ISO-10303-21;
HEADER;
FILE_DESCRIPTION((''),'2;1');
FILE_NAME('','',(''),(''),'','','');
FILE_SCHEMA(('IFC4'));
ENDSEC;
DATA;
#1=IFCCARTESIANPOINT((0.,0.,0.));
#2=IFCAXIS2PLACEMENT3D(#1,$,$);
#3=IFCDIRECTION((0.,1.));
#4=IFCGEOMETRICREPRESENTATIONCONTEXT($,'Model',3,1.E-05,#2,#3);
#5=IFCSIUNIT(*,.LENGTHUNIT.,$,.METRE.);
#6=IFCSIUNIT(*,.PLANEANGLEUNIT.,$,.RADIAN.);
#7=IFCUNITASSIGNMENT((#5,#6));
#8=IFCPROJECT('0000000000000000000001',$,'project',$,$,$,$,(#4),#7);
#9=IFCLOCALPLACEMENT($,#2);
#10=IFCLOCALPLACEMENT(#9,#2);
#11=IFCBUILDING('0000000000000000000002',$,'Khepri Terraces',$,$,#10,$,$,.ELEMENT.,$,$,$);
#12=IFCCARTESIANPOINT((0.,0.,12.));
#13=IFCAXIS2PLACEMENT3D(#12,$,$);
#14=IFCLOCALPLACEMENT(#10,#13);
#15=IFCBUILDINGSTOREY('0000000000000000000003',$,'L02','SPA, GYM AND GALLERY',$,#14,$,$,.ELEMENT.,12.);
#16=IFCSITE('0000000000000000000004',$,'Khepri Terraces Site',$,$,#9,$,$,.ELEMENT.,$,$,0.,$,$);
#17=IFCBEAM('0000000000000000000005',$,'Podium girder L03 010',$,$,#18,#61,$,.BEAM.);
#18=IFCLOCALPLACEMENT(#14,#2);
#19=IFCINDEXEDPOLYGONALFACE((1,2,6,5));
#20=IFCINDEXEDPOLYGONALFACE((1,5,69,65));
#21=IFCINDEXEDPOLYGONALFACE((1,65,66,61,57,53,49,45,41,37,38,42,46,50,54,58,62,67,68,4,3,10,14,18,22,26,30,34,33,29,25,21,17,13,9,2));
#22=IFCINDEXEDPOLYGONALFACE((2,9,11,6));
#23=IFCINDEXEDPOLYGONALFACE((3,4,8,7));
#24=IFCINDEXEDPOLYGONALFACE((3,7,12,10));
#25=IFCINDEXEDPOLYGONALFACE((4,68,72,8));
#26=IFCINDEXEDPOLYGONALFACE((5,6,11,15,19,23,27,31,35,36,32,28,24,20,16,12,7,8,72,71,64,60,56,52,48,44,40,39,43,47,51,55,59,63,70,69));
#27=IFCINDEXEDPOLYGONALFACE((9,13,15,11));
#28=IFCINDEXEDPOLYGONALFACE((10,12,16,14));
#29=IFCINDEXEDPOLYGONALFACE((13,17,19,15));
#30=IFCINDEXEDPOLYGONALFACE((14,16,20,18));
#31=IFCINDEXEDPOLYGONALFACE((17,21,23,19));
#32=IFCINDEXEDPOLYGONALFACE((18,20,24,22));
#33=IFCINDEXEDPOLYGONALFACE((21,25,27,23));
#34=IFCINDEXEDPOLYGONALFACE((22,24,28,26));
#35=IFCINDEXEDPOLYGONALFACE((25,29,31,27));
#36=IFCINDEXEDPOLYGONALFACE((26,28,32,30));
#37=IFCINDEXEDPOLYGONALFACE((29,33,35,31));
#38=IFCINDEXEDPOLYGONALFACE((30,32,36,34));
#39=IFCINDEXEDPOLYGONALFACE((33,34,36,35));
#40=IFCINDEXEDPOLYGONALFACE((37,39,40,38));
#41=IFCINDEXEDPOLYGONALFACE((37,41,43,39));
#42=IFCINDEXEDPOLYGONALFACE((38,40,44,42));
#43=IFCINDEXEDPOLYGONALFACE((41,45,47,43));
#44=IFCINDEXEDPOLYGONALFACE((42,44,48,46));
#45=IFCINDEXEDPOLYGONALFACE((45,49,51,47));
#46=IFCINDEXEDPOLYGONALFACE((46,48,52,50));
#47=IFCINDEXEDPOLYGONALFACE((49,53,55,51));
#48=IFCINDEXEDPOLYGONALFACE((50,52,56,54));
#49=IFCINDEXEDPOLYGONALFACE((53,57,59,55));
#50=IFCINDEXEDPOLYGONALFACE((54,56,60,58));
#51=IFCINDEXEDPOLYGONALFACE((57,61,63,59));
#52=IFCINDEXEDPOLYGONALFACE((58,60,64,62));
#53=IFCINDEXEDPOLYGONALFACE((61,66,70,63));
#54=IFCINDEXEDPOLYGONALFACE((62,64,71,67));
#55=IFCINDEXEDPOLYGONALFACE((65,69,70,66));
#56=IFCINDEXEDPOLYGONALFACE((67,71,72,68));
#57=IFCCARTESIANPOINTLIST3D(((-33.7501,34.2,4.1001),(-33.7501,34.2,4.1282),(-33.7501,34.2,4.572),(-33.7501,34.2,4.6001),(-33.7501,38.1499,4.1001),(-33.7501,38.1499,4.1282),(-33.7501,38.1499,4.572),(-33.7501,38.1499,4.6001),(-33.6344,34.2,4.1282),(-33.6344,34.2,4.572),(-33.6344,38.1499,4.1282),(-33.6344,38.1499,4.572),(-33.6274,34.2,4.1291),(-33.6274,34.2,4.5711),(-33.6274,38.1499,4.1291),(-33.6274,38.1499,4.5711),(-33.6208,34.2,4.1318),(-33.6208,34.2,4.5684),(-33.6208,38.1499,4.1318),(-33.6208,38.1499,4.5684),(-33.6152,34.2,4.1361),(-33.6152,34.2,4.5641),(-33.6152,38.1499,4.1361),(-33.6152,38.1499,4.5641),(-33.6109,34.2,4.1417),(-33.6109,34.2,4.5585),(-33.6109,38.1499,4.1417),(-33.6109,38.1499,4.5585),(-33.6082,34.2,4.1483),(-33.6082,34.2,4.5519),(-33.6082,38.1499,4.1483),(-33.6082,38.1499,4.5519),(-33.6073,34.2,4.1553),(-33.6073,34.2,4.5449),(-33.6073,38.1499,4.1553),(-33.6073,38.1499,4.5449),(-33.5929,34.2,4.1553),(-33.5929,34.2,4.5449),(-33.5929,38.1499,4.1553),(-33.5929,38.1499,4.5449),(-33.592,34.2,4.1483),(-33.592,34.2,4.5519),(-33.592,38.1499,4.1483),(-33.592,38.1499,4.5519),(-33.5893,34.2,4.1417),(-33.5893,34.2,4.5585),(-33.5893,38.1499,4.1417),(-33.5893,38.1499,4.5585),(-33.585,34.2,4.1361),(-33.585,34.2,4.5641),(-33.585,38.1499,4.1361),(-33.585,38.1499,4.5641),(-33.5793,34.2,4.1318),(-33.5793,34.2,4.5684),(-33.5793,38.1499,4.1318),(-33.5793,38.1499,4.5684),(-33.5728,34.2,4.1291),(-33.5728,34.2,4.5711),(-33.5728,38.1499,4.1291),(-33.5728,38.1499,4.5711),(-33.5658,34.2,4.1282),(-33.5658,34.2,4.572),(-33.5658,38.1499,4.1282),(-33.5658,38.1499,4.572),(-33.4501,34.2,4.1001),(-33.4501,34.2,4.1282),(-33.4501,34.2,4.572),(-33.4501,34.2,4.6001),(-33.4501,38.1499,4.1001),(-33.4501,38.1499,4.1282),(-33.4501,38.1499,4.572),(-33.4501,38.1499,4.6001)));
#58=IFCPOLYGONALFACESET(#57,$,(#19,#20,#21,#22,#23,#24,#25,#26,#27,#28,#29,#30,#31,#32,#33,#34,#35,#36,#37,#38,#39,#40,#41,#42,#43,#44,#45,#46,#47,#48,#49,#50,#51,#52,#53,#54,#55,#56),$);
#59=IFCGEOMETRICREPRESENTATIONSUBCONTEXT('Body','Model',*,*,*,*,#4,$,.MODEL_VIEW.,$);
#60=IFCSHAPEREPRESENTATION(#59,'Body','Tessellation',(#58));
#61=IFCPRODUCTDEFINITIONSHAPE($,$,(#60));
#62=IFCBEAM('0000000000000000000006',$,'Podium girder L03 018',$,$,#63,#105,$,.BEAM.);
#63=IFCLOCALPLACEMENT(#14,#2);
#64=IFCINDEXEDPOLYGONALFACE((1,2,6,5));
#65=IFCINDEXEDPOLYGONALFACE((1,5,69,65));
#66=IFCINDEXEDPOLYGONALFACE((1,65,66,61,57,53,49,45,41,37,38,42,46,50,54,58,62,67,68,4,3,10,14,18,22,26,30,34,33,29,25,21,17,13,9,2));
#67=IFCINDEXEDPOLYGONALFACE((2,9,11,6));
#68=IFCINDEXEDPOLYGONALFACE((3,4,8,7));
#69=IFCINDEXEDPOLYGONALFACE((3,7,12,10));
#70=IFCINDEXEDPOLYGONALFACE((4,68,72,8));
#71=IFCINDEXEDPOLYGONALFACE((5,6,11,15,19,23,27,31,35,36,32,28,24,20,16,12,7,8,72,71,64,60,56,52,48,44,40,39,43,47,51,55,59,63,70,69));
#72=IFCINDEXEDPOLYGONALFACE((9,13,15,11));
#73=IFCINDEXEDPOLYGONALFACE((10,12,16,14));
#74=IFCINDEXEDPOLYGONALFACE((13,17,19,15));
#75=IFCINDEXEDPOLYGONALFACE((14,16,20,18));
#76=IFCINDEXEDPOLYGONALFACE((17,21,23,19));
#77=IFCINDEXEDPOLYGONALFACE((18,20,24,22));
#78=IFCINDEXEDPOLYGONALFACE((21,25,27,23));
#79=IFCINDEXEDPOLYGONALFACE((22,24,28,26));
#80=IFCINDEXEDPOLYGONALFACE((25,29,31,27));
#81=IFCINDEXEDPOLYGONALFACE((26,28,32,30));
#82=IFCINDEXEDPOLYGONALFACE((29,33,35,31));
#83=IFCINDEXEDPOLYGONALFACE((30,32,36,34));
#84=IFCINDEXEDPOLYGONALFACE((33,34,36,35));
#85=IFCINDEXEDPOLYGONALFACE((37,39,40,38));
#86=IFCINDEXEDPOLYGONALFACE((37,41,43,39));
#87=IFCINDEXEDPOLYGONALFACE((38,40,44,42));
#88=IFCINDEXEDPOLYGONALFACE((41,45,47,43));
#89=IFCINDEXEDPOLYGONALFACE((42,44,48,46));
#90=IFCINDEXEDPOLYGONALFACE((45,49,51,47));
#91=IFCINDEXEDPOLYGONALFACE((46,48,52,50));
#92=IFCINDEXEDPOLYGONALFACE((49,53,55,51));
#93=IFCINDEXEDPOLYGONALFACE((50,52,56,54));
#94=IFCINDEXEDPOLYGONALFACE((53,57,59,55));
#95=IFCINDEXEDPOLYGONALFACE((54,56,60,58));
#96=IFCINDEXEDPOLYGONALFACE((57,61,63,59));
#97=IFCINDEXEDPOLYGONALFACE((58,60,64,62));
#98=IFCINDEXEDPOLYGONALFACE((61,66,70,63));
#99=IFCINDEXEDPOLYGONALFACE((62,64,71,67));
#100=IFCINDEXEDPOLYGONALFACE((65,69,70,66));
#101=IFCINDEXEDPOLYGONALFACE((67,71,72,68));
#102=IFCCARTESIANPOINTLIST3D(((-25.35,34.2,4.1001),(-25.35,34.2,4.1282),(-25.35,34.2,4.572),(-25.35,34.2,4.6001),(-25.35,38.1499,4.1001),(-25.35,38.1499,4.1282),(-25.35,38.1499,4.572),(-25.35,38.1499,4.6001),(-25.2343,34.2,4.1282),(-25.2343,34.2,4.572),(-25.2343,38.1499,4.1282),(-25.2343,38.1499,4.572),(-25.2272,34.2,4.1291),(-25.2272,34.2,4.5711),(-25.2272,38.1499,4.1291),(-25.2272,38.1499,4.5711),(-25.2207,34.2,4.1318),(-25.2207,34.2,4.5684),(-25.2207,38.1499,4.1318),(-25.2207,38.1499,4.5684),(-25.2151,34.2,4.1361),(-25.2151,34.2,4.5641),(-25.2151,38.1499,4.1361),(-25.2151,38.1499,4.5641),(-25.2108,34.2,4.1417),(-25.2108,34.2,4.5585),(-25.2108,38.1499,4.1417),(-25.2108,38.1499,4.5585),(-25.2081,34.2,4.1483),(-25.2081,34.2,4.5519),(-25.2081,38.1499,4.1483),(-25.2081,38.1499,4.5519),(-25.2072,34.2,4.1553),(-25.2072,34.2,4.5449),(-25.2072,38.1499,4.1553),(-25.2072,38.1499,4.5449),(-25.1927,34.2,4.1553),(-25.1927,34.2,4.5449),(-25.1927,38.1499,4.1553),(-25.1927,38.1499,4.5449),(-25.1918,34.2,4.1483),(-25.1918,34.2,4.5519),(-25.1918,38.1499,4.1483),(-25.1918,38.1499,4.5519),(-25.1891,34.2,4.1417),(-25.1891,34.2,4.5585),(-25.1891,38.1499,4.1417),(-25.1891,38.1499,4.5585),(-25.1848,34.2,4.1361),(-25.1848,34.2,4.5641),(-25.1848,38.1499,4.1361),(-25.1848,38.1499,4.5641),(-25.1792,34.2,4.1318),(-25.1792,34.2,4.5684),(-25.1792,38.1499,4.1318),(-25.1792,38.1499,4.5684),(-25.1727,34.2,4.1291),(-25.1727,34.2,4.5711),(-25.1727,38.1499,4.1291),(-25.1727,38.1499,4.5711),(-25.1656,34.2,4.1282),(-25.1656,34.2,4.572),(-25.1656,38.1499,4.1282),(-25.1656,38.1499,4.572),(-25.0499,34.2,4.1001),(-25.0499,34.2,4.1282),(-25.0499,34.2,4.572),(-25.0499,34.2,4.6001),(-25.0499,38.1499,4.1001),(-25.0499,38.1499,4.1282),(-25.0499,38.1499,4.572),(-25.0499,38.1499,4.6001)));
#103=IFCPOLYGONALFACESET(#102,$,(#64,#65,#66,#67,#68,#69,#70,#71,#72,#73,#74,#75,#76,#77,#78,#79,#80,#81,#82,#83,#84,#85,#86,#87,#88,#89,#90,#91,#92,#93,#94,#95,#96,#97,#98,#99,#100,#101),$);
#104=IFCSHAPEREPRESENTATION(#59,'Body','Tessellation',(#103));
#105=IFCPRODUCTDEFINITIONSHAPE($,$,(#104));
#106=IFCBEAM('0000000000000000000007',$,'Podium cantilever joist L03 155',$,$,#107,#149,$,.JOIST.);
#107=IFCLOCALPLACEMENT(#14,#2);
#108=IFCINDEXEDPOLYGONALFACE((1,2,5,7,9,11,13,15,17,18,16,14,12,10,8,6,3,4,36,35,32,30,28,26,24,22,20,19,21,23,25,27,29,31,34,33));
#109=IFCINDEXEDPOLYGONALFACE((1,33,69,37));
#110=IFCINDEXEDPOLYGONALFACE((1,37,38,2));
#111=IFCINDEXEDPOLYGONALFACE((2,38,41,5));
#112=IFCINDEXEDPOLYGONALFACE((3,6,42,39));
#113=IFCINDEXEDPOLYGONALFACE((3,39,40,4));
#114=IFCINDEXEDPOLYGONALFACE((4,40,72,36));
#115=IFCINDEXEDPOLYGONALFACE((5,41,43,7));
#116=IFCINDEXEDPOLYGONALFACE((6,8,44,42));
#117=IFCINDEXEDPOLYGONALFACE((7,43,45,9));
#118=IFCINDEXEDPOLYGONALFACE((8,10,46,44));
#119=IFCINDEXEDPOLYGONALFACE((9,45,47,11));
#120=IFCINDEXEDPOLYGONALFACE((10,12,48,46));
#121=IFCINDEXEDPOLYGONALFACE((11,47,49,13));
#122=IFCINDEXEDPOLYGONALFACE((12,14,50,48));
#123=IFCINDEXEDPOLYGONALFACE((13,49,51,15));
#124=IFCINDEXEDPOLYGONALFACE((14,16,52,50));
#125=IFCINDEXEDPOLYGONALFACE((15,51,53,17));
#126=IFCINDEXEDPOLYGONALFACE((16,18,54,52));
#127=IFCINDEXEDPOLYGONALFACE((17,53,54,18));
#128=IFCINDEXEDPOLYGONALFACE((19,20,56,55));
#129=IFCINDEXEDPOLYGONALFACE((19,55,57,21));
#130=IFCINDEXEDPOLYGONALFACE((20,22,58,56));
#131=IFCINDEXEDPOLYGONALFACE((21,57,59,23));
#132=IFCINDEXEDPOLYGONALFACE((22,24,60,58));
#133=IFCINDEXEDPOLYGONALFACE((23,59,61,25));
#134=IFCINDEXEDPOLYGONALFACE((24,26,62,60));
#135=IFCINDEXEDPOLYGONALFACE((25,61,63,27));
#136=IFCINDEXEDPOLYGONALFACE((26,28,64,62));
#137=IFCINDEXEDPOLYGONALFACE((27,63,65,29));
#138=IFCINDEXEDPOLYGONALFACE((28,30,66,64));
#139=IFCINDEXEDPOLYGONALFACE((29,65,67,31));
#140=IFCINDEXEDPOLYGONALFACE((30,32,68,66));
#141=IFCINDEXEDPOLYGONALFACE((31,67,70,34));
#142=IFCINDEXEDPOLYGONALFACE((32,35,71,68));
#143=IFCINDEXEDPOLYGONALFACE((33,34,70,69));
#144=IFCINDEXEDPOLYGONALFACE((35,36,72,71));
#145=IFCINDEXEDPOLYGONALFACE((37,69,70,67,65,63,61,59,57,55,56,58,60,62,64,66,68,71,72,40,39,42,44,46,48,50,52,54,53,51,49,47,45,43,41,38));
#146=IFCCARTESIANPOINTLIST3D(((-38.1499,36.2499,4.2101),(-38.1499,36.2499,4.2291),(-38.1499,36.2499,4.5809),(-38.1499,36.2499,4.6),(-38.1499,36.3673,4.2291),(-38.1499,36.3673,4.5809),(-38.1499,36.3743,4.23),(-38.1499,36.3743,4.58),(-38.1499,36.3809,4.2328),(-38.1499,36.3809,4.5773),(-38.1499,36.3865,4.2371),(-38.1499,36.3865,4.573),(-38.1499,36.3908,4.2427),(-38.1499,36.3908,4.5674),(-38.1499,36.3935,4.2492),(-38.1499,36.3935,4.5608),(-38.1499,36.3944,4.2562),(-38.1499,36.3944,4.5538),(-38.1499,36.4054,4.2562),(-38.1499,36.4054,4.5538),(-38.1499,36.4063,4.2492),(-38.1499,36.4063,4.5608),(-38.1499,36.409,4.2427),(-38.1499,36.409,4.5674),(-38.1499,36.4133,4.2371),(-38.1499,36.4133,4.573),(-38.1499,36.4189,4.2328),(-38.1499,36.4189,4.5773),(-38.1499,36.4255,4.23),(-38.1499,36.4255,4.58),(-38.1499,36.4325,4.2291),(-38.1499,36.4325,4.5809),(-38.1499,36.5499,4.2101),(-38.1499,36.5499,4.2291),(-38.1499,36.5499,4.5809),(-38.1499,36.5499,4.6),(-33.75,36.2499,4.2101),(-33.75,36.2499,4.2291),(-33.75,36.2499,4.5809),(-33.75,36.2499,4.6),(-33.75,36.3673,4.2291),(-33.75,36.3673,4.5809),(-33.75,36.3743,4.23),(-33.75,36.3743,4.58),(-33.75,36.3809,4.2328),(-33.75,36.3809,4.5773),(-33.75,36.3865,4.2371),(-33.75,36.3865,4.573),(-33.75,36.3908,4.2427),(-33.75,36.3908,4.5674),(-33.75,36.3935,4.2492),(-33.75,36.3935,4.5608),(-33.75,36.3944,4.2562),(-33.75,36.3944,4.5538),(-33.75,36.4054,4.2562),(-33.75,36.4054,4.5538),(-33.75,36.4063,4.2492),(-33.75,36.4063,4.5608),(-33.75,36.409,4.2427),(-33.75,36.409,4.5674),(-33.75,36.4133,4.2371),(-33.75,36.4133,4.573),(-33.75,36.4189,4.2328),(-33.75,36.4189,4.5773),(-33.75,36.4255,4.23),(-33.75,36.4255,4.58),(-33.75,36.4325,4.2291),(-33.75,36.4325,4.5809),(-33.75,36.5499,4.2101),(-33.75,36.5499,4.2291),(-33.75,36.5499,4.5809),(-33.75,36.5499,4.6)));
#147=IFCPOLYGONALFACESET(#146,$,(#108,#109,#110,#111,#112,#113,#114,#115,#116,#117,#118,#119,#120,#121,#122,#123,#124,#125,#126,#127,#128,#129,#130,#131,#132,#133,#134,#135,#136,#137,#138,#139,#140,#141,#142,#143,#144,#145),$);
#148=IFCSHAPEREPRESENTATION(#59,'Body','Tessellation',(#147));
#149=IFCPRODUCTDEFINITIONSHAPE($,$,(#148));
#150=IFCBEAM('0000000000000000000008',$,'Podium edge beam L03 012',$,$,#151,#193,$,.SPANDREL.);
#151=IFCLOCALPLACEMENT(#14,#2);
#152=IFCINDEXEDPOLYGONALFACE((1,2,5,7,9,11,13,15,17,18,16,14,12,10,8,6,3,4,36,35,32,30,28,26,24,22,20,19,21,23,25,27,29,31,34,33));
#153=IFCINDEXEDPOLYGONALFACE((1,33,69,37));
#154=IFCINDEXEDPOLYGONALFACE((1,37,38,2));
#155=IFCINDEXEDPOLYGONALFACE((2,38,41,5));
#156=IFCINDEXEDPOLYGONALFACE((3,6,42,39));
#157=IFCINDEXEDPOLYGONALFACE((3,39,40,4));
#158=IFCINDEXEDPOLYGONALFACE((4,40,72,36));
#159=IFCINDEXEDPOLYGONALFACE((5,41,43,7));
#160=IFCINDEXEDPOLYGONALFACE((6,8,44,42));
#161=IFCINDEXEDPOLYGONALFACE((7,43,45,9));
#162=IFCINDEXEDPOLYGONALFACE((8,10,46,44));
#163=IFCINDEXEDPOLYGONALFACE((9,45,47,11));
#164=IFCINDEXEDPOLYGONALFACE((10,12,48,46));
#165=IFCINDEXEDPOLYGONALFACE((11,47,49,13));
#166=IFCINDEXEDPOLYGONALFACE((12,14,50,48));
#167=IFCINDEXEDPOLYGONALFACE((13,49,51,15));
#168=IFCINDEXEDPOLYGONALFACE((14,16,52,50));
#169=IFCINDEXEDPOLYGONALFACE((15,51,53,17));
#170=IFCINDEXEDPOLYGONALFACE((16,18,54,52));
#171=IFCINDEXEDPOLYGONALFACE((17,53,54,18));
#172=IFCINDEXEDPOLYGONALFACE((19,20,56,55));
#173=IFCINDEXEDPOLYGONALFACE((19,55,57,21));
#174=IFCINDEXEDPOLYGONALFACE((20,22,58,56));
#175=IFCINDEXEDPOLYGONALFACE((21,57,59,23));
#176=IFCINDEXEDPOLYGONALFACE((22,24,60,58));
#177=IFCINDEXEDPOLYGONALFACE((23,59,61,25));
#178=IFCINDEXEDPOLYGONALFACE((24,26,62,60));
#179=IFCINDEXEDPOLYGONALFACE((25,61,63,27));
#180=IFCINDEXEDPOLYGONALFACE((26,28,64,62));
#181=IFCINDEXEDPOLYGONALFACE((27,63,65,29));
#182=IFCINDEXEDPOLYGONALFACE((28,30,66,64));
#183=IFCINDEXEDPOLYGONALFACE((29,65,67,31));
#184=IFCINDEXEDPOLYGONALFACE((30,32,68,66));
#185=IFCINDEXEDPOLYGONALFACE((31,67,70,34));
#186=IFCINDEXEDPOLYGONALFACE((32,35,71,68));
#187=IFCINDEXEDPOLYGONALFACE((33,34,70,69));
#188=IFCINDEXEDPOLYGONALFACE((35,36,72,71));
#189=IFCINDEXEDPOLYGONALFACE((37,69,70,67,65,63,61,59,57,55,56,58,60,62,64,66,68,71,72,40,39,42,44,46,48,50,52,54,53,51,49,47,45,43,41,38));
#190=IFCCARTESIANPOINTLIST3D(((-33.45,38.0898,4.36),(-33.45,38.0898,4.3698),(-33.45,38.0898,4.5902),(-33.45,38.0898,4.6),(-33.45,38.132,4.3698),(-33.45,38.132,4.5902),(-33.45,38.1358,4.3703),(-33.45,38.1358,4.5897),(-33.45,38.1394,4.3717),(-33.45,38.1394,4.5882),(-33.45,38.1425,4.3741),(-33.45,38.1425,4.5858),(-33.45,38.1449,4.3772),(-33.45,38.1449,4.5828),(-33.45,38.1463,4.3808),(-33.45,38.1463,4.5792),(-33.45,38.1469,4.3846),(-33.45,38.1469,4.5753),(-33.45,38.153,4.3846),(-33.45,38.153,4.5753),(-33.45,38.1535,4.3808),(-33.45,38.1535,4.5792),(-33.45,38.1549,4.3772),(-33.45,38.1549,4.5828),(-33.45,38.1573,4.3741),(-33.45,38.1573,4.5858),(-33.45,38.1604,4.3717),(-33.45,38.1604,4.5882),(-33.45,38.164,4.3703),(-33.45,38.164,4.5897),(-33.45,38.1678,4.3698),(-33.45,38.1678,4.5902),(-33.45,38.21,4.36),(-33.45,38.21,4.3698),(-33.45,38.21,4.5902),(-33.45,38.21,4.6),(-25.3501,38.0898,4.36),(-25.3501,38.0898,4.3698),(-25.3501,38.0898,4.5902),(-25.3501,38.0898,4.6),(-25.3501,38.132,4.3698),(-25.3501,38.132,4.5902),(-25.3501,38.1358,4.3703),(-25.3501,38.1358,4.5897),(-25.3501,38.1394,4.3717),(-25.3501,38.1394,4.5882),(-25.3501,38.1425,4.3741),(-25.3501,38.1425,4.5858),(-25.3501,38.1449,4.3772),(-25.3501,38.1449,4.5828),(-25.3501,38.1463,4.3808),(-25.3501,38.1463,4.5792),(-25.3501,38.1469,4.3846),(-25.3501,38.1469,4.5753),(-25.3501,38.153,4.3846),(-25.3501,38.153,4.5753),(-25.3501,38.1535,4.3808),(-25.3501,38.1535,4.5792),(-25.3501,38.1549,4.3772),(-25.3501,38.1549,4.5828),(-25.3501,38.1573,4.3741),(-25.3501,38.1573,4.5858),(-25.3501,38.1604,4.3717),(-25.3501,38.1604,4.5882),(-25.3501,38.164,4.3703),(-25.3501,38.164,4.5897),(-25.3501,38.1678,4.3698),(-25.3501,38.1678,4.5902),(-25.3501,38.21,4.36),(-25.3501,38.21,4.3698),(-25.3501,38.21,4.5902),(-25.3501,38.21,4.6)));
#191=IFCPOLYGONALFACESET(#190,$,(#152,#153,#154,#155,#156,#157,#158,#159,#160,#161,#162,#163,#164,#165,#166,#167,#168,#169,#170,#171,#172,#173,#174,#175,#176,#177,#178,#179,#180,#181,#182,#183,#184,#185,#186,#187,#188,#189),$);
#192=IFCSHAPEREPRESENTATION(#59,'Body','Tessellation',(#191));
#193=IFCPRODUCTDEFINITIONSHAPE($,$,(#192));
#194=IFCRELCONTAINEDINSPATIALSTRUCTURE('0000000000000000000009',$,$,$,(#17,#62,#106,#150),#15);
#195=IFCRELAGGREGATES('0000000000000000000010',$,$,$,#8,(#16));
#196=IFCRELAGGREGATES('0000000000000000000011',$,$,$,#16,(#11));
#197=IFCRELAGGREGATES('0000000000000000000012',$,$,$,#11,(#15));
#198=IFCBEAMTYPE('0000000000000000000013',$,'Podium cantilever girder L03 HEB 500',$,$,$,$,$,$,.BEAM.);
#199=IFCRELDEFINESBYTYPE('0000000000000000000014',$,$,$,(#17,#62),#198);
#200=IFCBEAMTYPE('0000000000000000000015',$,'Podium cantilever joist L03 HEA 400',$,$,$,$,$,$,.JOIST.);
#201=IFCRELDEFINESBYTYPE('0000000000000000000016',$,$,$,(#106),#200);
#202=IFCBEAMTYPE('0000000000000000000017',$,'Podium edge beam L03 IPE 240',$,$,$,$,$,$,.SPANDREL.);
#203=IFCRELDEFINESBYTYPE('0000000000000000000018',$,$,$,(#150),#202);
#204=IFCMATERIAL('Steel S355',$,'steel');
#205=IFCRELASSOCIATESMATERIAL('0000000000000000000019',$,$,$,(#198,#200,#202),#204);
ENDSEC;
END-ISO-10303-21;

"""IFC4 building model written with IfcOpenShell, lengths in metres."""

from ifc_helpers import new_model, si_unit, direction, frame, origin, origin_2d, place, context, subcontext, project, spatial, i_section, extrude, material, material_profile, profile_set, type_object, element, save


model = new_model("IFC4")

# Units and contexts
model_context = context("Model", 3, precision=1e-05, world=origin(), true_north=direction((0.0, 1.0)))
body_context = subcontext(model_context, "Body", "Model", "MODEL_VIEW")
ifc_project = project(units=[si_unit("LENGTHUNIT", "METRE"), si_unit("PLANEANGLEUNIT", "RADIAN")], contexts=[model_context])

# Site, building, storey
site_placement = place(None, origin())
site = spatial("IfcSite", under=ifc_project, at=site_placement, Name="Khepri Terraces Site", CompositionType="ELEMENT", RefElevation=0.0)
building_placement = place(site_placement, origin())
building = spatial("IfcBuilding", under=site, at=building_placement, Name="Khepri Terraces", CompositionType="ELEMENT")
storey_placement = place(building_placement, frame((0.0, 0.0, 12.0)))
storey = spatial("IfcBuildingStorey", under=building, at=storey_placement, Name="L02", Description="SPA, GYM AND GALLERY", CompositionType="ELEMENT", Elevation=12.0)

# Beams
ifc_material_1 = material(Name="Steel S355", Category="steel")
ifc_material_profile_1 = material_profile(ifc_material_1, i_section(OverallWidth=0.3, OverallDepth=0.5, WebThickness=0.0144, FlangeThickness=0.0281, FilletRadius=0.0271, at=origin_2d()), Name="Steel S355", Category="steel")
ifc_profile_set_1 = profile_set([ifc_material_profile_1], Name="Steel S355")
beam_type_1 = type_object("IfcBeamType", Name="Podium cantilever girder L03 HEB 500", PredefinedType="BEAM", material=ifc_profile_set_1)
for number, where, z_axis, x_axis, name in (
    (1, (-33.6001, 34.2, 4.3501), (0.0, 1.0, 0.0), (-1.0, 0.0, 0.0), "Podium girder L03 010"),
    (2, (-25.2, 34.2, 4.3501), (0.0, 1.0, 0.0), (-1.0, 0.0, 0.0), "Podium girder L03 018"),
):
    element("IfcBeam", number, at=place(storey_placement, frame(where, z_axis=z_axis, x_axis=x_axis)), inside=storey, type_object=beam_type_1, Name=name, PredefinedType="BEAM", context=body_context, shape_type="SweptSolid", body=[
        extrude(i_section(OverallWidth=0.3, OverallDepth=0.5, WebThickness=0.0144, FlangeThickness=0.0281, FilletRadius=0.0271, at=origin_2d()), origin(), (0.0, 0.0, 1.0), 3.95),
    ])
ifc_material_profile_2 = material_profile(ifc_material_1, i_section(OverallWidth=0.3, OverallDepth=0.3899, WebThickness=0.011, FlangeThickness=0.019, FilletRadius=0.0271, at=origin_2d()), Name="Steel S355", Category="steel")
ifc_profile_set_2 = profile_set([ifc_material_profile_2], Name="Steel S355")
beam_type_2 = type_object("IfcBeamType", Name="Podium cantilever joist L03 HEA 400", PredefinedType="JOIST", material=ifc_profile_set_2)
beam_1_placement = place(storey_placement, frame((-38.1499, 36.3999, 4.405), z_axis=(1.0, 0.0, 0.0), x_axis=(0.0, 1.0, 0.0)))
element("IfcBeam", 3, at=beam_1_placement, inside=storey, type_object=beam_type_2, Name="Podium cantilever joist L03 155", PredefinedType="JOIST", context=body_context, shape_type="SweptSolid", body=[
    extrude(i_section(OverallWidth=0.3, OverallDepth=0.3899, WebThickness=0.011, FlangeThickness=0.019, FilletRadius=0.0271, at=origin_2d()), origin(), (0.0, 0.0, 1.0), 4.3999),
])
ifc_material_profile_3 = material_profile(ifc_material_1, i_section(OverallWidth=0.1201, OverallDepth=0.24, WebThickness=0.0061, FlangeThickness=0.0098, FilletRadius=0.0149, at=origin_2d()), Name="Steel S355", Category="steel")
ifc_profile_set_3 = profile_set([ifc_material_profile_3], Name="Steel S355")
beam_type_3 = type_object("IfcBeamType", Name="Podium edge beam L03 IPE 240", PredefinedType="SPANDREL", material=ifc_profile_set_3)
beam_2_placement = place(storey_placement, frame((-33.45, 38.1499, 4.48), z_axis=(1.0, 0.0, 0.0), x_axis=(0.0, 1.0, 0.0)))
element("IfcBeam", 4, at=beam_2_placement, inside=storey, type_object=beam_type_3, Name="Podium edge beam L03 012", PredefinedType="SPANDREL", context=body_context, shape_type="SweptSolid", body=[
    extrude(i_section(OverallWidth=0.1201, OverallDepth=0.24, WebThickness=0.0061, FlangeThickness=0.0098, FilletRadius=0.0149, at=origin_2d()), origin(), (0.0, 0.0, 1.0), 8.0999),
])

save(model, "model.ifc")
